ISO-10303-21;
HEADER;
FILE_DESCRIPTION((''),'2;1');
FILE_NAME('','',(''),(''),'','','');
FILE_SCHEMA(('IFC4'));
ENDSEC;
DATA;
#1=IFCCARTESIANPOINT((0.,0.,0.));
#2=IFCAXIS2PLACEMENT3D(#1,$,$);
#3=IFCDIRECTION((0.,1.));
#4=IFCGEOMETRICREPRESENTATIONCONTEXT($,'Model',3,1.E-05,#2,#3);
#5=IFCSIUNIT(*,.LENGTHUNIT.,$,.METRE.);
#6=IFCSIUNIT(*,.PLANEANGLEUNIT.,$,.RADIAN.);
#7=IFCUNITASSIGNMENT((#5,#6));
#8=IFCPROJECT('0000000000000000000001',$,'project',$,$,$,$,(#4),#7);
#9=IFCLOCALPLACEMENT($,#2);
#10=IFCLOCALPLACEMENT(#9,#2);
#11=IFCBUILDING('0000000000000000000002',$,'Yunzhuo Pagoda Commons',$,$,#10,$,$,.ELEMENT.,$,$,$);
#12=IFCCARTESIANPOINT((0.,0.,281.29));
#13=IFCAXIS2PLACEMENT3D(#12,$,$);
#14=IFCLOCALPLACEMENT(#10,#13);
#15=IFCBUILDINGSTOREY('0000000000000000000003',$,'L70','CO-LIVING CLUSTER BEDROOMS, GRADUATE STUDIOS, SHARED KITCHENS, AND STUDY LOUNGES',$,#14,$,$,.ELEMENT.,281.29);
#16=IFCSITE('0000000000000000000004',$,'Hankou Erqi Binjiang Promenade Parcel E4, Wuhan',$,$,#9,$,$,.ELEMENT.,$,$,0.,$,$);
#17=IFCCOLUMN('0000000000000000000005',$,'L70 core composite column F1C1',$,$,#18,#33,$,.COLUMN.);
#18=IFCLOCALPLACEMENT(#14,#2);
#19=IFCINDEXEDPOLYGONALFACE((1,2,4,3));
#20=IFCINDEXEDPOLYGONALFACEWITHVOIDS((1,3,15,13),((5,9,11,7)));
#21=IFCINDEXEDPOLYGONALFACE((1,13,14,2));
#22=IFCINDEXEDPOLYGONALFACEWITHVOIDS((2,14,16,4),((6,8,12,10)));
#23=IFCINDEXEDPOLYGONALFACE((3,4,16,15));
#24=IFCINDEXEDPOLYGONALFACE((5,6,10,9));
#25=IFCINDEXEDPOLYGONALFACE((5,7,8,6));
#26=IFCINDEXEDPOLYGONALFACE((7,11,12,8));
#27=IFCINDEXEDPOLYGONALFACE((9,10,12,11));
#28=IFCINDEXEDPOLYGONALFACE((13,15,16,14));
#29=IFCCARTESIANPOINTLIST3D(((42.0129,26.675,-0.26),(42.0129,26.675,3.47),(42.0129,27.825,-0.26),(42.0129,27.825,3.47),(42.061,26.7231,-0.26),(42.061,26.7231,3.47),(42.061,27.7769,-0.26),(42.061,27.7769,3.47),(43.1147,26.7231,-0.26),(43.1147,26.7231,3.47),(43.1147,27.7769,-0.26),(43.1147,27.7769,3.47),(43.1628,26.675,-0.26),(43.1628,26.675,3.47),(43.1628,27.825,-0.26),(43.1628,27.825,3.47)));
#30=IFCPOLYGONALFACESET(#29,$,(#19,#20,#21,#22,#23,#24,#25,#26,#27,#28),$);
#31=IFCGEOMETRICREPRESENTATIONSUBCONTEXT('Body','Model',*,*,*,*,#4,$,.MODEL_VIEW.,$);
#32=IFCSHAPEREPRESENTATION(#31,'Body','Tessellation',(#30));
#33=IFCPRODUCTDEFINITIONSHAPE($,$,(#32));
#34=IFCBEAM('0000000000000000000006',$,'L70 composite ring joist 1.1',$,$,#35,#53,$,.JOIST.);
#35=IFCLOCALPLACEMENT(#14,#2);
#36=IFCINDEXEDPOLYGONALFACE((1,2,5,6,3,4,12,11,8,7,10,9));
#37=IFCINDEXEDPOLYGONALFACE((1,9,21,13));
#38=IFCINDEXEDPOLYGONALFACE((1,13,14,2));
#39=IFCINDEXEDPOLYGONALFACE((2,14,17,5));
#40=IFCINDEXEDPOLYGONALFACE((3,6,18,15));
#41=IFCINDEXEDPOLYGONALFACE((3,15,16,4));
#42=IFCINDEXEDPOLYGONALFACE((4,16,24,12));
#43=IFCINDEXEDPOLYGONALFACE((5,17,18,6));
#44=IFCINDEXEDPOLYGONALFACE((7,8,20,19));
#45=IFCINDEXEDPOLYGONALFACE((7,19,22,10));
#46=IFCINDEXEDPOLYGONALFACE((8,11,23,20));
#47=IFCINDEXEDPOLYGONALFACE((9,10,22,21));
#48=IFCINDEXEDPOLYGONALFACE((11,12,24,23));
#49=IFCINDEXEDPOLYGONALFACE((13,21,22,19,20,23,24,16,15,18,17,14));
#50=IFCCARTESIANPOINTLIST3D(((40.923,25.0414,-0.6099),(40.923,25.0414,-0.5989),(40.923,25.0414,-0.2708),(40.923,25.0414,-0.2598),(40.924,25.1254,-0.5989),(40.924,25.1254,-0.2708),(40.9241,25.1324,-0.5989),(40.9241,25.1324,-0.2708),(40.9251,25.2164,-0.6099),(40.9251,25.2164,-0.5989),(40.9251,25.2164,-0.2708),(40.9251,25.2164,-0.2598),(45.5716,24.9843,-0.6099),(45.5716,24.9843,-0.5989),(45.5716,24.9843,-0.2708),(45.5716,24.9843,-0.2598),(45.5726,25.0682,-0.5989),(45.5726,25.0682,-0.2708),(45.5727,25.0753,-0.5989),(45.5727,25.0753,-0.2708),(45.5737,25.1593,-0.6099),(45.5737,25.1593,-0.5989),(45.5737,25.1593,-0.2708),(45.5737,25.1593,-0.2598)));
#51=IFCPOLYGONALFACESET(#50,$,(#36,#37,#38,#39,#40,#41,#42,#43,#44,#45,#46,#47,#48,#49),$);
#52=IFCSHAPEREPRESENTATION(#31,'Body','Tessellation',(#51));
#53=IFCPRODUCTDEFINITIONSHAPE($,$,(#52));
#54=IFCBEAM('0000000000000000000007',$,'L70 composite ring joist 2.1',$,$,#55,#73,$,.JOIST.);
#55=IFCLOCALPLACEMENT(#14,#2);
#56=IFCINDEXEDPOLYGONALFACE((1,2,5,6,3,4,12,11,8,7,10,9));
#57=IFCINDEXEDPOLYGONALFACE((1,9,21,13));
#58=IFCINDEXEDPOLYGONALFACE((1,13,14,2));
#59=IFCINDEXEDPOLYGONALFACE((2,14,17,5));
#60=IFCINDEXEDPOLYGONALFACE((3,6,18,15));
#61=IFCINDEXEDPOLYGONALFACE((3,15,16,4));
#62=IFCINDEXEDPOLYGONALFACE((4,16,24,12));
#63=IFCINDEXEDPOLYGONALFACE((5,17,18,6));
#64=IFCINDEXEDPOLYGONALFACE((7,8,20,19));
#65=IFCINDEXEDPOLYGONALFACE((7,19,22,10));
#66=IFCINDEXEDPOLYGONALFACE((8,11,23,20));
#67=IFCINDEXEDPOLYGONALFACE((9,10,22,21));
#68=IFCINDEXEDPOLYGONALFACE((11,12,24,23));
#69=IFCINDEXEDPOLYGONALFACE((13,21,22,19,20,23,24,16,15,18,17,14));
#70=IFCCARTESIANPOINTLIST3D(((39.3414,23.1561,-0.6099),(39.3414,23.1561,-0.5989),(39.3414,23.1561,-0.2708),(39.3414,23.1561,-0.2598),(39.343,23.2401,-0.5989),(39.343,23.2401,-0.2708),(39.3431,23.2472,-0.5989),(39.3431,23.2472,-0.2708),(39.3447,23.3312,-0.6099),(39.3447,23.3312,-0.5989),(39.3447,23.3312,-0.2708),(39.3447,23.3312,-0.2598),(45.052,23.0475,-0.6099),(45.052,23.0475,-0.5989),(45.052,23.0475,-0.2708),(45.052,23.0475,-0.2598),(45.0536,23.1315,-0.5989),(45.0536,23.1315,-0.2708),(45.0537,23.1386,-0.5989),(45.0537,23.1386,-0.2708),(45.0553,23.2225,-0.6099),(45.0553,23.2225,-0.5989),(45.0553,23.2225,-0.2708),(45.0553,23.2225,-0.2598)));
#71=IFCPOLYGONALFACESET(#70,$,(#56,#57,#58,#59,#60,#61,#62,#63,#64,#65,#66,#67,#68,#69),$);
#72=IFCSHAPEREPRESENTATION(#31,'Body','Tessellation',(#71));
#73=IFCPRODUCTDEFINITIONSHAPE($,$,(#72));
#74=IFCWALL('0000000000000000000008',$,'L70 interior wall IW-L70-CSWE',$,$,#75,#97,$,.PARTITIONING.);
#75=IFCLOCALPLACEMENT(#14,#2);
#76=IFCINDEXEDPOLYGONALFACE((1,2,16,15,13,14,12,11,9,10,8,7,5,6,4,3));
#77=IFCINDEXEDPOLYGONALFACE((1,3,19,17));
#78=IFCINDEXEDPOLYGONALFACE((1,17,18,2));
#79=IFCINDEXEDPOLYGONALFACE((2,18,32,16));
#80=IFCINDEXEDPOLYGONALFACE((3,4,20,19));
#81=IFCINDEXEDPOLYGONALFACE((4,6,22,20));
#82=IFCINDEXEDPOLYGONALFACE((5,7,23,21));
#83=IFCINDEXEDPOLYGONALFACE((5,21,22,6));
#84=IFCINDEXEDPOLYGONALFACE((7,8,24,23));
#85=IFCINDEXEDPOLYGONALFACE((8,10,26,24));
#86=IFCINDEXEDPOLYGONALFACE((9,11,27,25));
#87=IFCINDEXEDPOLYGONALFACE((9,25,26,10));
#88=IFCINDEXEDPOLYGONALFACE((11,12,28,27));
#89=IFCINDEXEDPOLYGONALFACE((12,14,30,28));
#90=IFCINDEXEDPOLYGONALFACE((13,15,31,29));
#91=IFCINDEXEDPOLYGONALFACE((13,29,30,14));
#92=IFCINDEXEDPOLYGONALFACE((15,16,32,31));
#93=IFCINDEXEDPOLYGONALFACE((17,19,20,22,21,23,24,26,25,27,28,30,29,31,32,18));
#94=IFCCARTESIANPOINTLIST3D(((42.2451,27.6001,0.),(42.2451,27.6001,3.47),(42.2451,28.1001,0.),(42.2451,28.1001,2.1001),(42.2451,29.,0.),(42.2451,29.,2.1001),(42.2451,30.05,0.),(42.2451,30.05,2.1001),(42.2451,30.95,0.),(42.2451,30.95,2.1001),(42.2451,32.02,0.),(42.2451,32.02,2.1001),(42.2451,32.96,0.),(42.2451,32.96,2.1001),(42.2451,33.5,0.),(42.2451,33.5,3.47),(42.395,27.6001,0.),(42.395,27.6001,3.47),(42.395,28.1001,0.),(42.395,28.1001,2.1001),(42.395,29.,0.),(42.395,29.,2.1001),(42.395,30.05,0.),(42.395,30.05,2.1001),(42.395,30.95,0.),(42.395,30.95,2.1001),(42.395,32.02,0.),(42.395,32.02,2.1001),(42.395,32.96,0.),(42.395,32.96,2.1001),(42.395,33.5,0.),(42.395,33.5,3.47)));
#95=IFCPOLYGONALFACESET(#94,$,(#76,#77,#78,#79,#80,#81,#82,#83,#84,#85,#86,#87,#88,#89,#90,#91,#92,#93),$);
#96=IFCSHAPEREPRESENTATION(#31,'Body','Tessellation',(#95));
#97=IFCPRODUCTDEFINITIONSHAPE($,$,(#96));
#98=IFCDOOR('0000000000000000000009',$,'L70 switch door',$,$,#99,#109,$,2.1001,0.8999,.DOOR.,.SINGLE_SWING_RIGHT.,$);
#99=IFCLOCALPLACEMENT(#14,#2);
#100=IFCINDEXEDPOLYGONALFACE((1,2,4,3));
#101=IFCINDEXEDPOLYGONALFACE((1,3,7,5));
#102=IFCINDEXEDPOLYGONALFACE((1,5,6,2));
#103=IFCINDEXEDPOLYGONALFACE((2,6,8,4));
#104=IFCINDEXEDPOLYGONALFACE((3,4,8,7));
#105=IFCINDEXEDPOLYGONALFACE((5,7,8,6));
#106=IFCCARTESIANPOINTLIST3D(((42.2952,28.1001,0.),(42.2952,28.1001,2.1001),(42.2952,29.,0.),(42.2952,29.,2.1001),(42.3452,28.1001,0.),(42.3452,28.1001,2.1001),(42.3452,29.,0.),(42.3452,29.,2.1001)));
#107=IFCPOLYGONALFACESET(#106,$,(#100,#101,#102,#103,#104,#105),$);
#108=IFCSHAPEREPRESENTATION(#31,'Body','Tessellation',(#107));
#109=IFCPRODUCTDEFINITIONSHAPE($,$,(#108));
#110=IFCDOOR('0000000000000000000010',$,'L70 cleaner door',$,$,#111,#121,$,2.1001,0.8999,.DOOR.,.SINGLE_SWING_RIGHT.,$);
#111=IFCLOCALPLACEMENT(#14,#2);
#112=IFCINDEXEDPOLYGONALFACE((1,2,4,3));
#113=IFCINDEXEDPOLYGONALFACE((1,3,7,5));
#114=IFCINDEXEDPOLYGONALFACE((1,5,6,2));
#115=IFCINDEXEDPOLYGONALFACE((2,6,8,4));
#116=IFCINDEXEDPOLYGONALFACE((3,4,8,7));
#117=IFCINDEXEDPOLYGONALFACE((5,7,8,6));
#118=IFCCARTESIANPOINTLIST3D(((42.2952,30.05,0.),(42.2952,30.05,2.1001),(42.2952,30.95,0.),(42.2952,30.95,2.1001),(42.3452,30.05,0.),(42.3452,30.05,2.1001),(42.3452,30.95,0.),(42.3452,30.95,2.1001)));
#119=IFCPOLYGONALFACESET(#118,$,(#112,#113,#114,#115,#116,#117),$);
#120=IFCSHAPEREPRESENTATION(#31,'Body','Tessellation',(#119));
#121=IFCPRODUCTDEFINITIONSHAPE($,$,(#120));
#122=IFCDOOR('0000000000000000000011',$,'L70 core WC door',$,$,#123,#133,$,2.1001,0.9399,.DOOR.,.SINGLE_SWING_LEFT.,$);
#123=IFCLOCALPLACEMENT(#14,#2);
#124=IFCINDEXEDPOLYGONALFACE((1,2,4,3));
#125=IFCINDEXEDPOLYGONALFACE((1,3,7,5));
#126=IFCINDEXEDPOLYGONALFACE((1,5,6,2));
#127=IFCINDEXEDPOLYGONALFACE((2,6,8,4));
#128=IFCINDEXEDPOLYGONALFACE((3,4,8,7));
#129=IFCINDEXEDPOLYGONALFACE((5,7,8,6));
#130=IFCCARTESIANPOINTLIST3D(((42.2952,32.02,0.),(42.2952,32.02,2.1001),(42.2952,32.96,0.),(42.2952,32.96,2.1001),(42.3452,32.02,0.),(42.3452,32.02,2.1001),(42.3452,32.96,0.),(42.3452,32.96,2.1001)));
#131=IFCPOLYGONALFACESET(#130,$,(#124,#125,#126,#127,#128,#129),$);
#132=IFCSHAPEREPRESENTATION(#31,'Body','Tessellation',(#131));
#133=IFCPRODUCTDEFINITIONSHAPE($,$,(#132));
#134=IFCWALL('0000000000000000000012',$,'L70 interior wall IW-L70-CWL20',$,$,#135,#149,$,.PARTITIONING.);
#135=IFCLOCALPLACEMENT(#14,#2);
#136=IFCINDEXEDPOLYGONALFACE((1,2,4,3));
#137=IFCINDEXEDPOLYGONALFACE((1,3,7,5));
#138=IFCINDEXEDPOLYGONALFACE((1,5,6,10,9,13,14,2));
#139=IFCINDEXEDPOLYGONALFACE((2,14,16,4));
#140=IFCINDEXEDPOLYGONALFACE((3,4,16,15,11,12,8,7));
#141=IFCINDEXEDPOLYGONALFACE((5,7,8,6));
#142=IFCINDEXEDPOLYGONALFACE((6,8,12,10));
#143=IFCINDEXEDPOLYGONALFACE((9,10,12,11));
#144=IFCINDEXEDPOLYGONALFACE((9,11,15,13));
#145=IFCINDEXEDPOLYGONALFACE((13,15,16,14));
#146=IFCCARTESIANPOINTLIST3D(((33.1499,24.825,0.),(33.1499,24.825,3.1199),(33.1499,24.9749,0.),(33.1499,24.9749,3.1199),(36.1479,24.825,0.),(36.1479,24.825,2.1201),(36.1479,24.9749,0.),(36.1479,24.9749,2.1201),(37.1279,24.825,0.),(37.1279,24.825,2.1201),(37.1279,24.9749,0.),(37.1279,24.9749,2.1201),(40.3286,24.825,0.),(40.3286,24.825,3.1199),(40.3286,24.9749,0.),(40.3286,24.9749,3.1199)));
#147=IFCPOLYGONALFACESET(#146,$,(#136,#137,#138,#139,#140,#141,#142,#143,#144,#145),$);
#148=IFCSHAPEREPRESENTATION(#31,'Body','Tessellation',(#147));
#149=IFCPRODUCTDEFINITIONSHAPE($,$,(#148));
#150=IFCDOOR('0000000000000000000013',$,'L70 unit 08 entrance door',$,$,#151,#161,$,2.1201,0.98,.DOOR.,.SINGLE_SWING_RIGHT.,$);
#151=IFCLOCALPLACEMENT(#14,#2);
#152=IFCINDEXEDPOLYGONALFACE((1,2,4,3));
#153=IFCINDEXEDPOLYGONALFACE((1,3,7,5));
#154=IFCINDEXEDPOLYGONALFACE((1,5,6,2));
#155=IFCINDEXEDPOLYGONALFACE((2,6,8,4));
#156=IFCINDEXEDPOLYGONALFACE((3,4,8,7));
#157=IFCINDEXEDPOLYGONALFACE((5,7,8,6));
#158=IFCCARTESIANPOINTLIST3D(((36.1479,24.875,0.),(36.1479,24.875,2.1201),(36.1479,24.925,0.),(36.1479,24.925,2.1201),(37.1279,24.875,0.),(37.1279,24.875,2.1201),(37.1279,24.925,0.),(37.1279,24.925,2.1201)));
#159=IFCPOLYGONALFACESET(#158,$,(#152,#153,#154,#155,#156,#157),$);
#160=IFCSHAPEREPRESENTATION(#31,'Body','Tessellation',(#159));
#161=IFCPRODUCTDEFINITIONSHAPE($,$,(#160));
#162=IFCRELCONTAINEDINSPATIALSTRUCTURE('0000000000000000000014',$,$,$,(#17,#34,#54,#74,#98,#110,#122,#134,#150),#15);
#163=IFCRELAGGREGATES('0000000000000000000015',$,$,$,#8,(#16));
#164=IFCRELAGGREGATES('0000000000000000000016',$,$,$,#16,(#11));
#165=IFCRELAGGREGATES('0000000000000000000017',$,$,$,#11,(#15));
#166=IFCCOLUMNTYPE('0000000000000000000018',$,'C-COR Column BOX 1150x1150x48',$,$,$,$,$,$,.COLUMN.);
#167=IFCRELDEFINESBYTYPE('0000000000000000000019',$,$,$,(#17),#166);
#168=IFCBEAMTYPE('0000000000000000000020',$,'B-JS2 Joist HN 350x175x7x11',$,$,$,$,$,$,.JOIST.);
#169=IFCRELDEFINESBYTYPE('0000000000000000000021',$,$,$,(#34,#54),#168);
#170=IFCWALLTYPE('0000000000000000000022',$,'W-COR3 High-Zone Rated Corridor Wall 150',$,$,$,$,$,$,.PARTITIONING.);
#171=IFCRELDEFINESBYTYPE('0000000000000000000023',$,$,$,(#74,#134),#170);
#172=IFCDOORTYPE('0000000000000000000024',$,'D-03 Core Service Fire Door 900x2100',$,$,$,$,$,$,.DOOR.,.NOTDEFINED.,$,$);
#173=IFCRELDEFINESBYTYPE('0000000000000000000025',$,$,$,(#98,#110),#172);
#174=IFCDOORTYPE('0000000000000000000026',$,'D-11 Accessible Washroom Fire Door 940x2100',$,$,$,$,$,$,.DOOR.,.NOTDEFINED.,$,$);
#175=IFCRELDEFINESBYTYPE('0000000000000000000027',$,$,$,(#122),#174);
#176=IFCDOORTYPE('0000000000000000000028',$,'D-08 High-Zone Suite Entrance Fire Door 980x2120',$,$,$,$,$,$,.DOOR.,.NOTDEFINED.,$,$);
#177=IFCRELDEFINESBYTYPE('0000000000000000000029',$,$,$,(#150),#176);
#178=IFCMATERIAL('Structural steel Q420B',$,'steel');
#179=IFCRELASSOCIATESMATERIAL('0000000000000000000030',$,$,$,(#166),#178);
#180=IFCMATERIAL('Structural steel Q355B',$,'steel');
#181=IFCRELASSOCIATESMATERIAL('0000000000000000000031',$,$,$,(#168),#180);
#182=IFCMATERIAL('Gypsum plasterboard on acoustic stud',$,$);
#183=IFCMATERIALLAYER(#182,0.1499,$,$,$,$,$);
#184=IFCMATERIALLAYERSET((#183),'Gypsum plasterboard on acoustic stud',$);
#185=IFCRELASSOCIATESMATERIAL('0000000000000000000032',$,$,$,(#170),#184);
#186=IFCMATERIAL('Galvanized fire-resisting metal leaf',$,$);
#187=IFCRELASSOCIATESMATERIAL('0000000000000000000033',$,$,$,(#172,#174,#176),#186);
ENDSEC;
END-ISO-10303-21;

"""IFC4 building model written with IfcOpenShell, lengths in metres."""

from ifc_helpers import new_model, si_unit, direction, frame, frame_2d, origin, origin_with_axes, origin_2d, place, context, subcontext, project, spatial, rectangle, hollow_rectangle, i_section, extrude, source, transform, mapped, material, layer, layer_set, material_profile, profile_set, type_object, element, fill, save


model = new_model("IFC4")

# Units and contexts
model_context = context("Model", 3, precision=1e-05, world=origin(), true_north=direction((0.0, 1.0)))
body_context = subcontext(model_context, "Body", "Model", "MODEL_VIEW")
ifc_project = project(units=[si_unit("LENGTHUNIT", "METRE"), si_unit("PLANEANGLEUNIT", "RADIAN")], contexts=[model_context])

# Site, building, storey
site_placement = place(None, origin())
site = spatial("IfcSite", under=ifc_project, at=site_placement, Name="Hankou Erqi Binjiang Promenade Parcel E4, Wuhan", CompositionType="ELEMENT", RefElevation=0.0)
building_placement = place(site_placement, origin())
building = spatial("IfcBuilding", under=site, at=building_placement, Name="Yunzhuo Pagoda Commons", CompositionType="ELEMENT")
storey_placement = place(building_placement, frame((0.0, 0.0, 281.29)))
storey = spatial("IfcBuildingStorey", under=building, at=storey_placement, Name="L70", Description="CO-LIVING CLUSTER BEDROOMS, GRADUATE STUDIOS, SHARED KITCHENS, AND STUDY LOUNGES", CompositionType="ELEMENT", Elevation=281.29)

# Column
ifc_material_1 = material(Name="Structural steel Q420B", Category="steel")
ifc_material_profile_1 = material_profile(ifc_material_1, hollow_rectangle(XDim=1.1499, YDim=1.1499, WallThickness=0.0481, at=origin_2d()), Name="Structural steel Q420B")
ifc_profile_set_1 = profile_set([ifc_material_profile_1], Name="Structural steel Q420B")
column_type = type_object("IfcColumnType", Name="C-COR Column BOX 1150x1150x48", PredefinedType="COLUMN", material=ifc_profile_set_1)
shared_shape_1 = source(origin(), body_context, "Body", "SweptSolid", [
    extrude(hollow_rectangle(XDim=1.1499, YDim=1.1499, WallThickness=0.0481, at=origin_2d()), origin(), (0.0, 0.0, 1.0), 3.73),
])
column_placement = place(storey_placement, frame((42.5879, 27.25, -0.26), z_axis=(0.0, 0.0, 1.0), x_axis=(1.0, 0.0, 0.0)))
element("IfcColumn", 1, at=column_placement, inside=storey, type_object=column_type, Name="L70 core composite column F1C1", PredefinedType="COLUMN", context=body_context, shape_type="MappedRepresentation", body=[
    mapped(shared_shape_1, transform((0.0, 0.0, 0.0), scale=1.0)),
])

# Beams
ifc_material_2 = material(Name="Structural steel Q355B", Category="steel")
ifc_material_profile_2 = material_profile(ifc_material_2, i_section(OverallWidth=0.175, OverallDepth=0.3501, WebThickness=0.0071, FlangeThickness=0.011, at=origin_2d()), Name="Structural steel Q355B")
ifc_profile_set_2 = profile_set([ifc_material_profile_2], Name="Structural steel Q355B")
beam_type = type_object("IfcBeamType", Name="B-JS2 Joist HN 350x175x7x11", PredefinedType="JOIST", material=ifc_profile_set_2)
shared_shape_2 = source(origin(), body_context, "Body", "SweptSolid", [
    extrude(i_section(OverallWidth=0.175, OverallDepth=0.3501, WebThickness=0.0071, FlangeThickness=0.011, at=origin_2d()), origin(), (0.0, 0.0, 1.0), 4.6489),
])
beam_1_placement = place(storey_placement, frame((40.9241, 25.1289, -0.4348), z_axis=(0.999924, -0.012288, 0.0), x_axis=(0.012288, 0.999924, 0.0)))
element("IfcBeam", 2, at=beam_1_placement, inside=storey, type_object=beam_type, Name="L70 composite ring joist 1.1", PredefinedType="JOIST", context=body_context, shape_type="MappedRepresentation", body=[
    mapped(shared_shape_2, transform((0.0, 0.0, 0.0), scale=1.0)),
])
shared_shape_3 = source(origin(), body_context, "Body", "SweptSolid", [
    extrude(i_section(OverallWidth=0.175, OverallDepth=0.3501, WebThickness=0.0071, FlangeThickness=0.011, at=origin_2d()), origin(), (0.0, 0.0, 1.0), 5.7117),
])
beam_2_placement = place(storey_placement, frame((39.343, 23.2437, -0.4348), z_axis=(0.999819, -0.019021, 0.0), x_axis=(0.019021, 0.999819, 0.0)))
element("IfcBeam", 3, at=beam_2_placement, inside=storey, type_object=beam_type, Name="L70 composite ring joist 2.1", PredefinedType="JOIST", context=body_context, shape_type="MappedRepresentation", body=[
    mapped(shared_shape_3, transform((0.0, 0.0, 0.0), scale=1.0)),
])

# Wall, openings, doors
ifc_material_3 = material(Name="Gypsum plasterboard on acoustic stud")
ifc_layer_1 = layer(ifc_material_3, 0.1499)
ifc_layer_set_1 = layer_set([ifc_layer_1], Name="Gypsum plasterboard on acoustic stud")
wall_type_1 = type_object("IfcWallType", Name="W-COR3 High-Zone Rated Corridor Wall 150", PredefinedType="PARTITIONING", material=ifc_layer_set_1)
wall_1_placement = place(storey_placement, frame((42.3201, 27.6001, 0.0), z_axis=(0.0, 0.0, 1.0), x_axis=(0.0, 1.0, 0.0)))
wall_1 = element("IfcWall", 4, at=wall_1_placement, inside=storey, type_object=wall_type_1, Name="L70 interior wall IW-L70-CSWE", PredefinedType="PARTITIONING", context=body_context, shape_type="SweptSolid", body=[
    extrude(rectangle(XDim=5.8999, YDim=0.1499, at=frame_2d((2.95, 0.0))), origin(), (0.0, 0.0, 1.0), 3.47),
])
opening_1_placement = place(wall_1_placement, frame((0.5, 0.0, 0.0)))
opening_1 = element("IfcOpeningElement", 5, at=opening_1_placement, cuts=wall_1, PredefinedType="OPENING", context=body_context, shape_type="SweptSolid", body=[
    extrude(rectangle(XDim=0.8999, YDim=2.1001, at=frame_2d((0.45, 1.05))), frame((0.0, 0.085, 0.0), z_axis=(0.0, -1.0, 0.0), x_axis=(1.0, 0.0, 0.0)), (0.0, 0.0, 1.0), 0.1699),
])
opening_2_placement = place(wall_1_placement, frame((2.45, 0.0, 0.0)))
opening_2 = element("IfcOpeningElement", 6, at=opening_2_placement, cuts=wall_1, PredefinedType="OPENING", context=body_context, shape_type="SweptSolid", body=[
    extrude(rectangle(XDim=0.8999, YDim=2.1001, at=frame_2d((0.45, 1.05))), frame((0.0, 0.085, 0.0), z_axis=(0.0, -1.0, 0.0), x_axis=(1.0, 0.0, 0.0)), (0.0, 0.0, 1.0), 0.1699),
])
opening_3_placement = place(wall_1_placement, frame((4.4199, 0.0, 0.0)))
opening_3 = element("IfcOpeningElement", 7, at=opening_3_placement, cuts=wall_1, PredefinedType="OPENING", context=body_context, shape_type="SweptSolid", body=[
    extrude(rectangle(XDim=0.9399, YDim=2.1001, at=frame_2d((0.47, 1.05))), frame((0.0, 0.085, 0.0), z_axis=(0.0, -1.0, 0.0), x_axis=(1.0, 0.0, 0.0)), (0.0, 0.0, 1.0), 0.1699),
])
ifc_material_4 = material(Name="Galvanized fire-resisting metal leaf")
door_type_1 = type_object("IfcDoorType", Name="D-03 Core Service Fire Door 900x2100", OperationType="NOTDEFINED", PredefinedType="DOOR", material=ifc_material_4)
shared_shape_4 = source(origin(), body_context, "Body", "SweptSolid", [
    extrude(rectangle(XDim=0.8999, YDim=2.1001, at=frame_2d((0.45, 1.05))), frame((0.0, 0.0249, 0.0), z_axis=(0.0, -1.0, 0.0), x_axis=(1.0, 0.0, 0.0)), (0.0, 0.0, 1.0), 0.05),
])
door_1_placement = place(opening_1_placement, origin_with_axes())
door_1 = element("IfcDoor", 8, at=door_1_placement, inside=storey, type_object=door_type_1, Name="L70 switch door", OperationType="SINGLE_SWING_RIGHT", OverallHeight=2.1001, OverallWidth=0.8999, PredefinedType="DOOR", context=body_context, shape_type="MappedRepresentation", body=[
    mapped(shared_shape_4, transform((0.0, 0.0, 0.0), scale=1.0)),
])
fill(opening_1, door_1)
door_2_placement = place(opening_2_placement, origin_with_axes())
door_2 = element("IfcDoor", 9, at=door_2_placement, inside=storey, type_object=door_type_1, Name="L70 cleaner door", OperationType="SINGLE_SWING_RIGHT", OverallHeight=2.1001, OverallWidth=0.8999, PredefinedType="DOOR", context=body_context, shape_type="MappedRepresentation", body=[
    mapped(shared_shape_4, transform((0.0, 0.0, 0.0), scale=1.0)),
])
fill(opening_2, door_2)
door_type_2 = type_object("IfcDoorType", Name="D-11 Accessible Washroom Fire Door 940x2100", OperationType="NOTDEFINED", PredefinedType="DOOR", material=ifc_material_4)
shared_shape_5 = source(origin(), body_context, "Body", "SweptSolid", [
    extrude(rectangle(XDim=0.9399, YDim=2.1001, at=frame_2d((0.47, 1.05))), frame((0.0, 0.0249, 0.0), z_axis=(0.0, -1.0, 0.0), x_axis=(1.0, 0.0, 0.0)), (0.0, 0.0, 1.0), 0.05),
])
door_3_placement = place(opening_3_placement, origin_with_axes())
door_3 = element("IfcDoor", 10, at=door_3_placement, inside=storey, type_object=door_type_2, Name="L70 core WC door", OperationType="SINGLE_SWING_LEFT", OverallHeight=2.1001, OverallWidth=0.9399, PredefinedType="DOOR", context=body_context, shape_type="MappedRepresentation", body=[
    mapped(shared_shape_5, transform((0.0, 0.0, 0.0), scale=1.0)),
])
fill(opening_3, door_3)

# Wall, opening, door
wall_2_placement = place(storey_placement, frame((40.3286, 24.8999, 0.0), z_axis=(0.0, 0.0, 1.0), x_axis=(-1.0, 0.0, 0.0)))
wall_2 = element("IfcWall", 11, at=wall_2_placement, inside=storey, type_object=wall_type_1, Name="L70 interior wall IW-L70-CWL20", PredefinedType="PARTITIONING", context=body_context, shape_type="SweptSolid", body=[
    extrude(rectangle(XDim=7.1787, YDim=0.1499, at=frame_2d((3.5894, 0.0))), origin(), (0.0, 0.0, 1.0), 3.1199),
])
opening_4_placement = place(wall_2_placement, frame((3.2007, 0.0, 0.0)))
opening_4 = element("IfcOpeningElement", 12, at=opening_4_placement, cuts=wall_2, PredefinedType="OPENING", context=body_context, shape_type="SweptSolid", body=[
    extrude(rectangle(XDim=0.98, YDim=2.1201, at=frame_2d((0.49, 1.0601))), frame((0.0, 0.085, 0.0), z_axis=(0.0, -1.0, 0.0), x_axis=(1.0, 0.0, 0.0)), (0.0, 0.0, 1.0), 0.1699),
])
door_type_3 = type_object("IfcDoorType", Name="D-08 High-Zone Suite Entrance Fire Door 980x2120", OperationType="NOTDEFINED", PredefinedType="DOOR", material=ifc_material_4)
shared_shape_6 = source(origin(), body_context, "Body", "SweptSolid", [
    extrude(rectangle(XDim=0.98, YDim=2.1201, at=frame_2d((0.49, 1.0601))), frame((0.0, 0.0249, 0.0), z_axis=(0.0, -1.0, 0.0), x_axis=(1.0, 0.0, 0.0)), (0.0, 0.0, 1.0), 0.05),
])
door_4_placement = place(opening_4_placement, origin_with_axes())
door_4 = element("IfcDoor", 13, at=door_4_placement, inside=storey, type_object=door_type_3, Name="L70 unit 08 entrance door", OperationType="SINGLE_SWING_RIGHT", OverallHeight=2.1201, OverallWidth=0.98, PredefinedType="DOOR", context=body_context, shape_type="MappedRepresentation", body=[
    mapped(shared_shape_6, transform((0.0, 0.0, 0.0), scale=1.0)),
])
fill(opening_4, door_4)

save(model, "model.ifc")
